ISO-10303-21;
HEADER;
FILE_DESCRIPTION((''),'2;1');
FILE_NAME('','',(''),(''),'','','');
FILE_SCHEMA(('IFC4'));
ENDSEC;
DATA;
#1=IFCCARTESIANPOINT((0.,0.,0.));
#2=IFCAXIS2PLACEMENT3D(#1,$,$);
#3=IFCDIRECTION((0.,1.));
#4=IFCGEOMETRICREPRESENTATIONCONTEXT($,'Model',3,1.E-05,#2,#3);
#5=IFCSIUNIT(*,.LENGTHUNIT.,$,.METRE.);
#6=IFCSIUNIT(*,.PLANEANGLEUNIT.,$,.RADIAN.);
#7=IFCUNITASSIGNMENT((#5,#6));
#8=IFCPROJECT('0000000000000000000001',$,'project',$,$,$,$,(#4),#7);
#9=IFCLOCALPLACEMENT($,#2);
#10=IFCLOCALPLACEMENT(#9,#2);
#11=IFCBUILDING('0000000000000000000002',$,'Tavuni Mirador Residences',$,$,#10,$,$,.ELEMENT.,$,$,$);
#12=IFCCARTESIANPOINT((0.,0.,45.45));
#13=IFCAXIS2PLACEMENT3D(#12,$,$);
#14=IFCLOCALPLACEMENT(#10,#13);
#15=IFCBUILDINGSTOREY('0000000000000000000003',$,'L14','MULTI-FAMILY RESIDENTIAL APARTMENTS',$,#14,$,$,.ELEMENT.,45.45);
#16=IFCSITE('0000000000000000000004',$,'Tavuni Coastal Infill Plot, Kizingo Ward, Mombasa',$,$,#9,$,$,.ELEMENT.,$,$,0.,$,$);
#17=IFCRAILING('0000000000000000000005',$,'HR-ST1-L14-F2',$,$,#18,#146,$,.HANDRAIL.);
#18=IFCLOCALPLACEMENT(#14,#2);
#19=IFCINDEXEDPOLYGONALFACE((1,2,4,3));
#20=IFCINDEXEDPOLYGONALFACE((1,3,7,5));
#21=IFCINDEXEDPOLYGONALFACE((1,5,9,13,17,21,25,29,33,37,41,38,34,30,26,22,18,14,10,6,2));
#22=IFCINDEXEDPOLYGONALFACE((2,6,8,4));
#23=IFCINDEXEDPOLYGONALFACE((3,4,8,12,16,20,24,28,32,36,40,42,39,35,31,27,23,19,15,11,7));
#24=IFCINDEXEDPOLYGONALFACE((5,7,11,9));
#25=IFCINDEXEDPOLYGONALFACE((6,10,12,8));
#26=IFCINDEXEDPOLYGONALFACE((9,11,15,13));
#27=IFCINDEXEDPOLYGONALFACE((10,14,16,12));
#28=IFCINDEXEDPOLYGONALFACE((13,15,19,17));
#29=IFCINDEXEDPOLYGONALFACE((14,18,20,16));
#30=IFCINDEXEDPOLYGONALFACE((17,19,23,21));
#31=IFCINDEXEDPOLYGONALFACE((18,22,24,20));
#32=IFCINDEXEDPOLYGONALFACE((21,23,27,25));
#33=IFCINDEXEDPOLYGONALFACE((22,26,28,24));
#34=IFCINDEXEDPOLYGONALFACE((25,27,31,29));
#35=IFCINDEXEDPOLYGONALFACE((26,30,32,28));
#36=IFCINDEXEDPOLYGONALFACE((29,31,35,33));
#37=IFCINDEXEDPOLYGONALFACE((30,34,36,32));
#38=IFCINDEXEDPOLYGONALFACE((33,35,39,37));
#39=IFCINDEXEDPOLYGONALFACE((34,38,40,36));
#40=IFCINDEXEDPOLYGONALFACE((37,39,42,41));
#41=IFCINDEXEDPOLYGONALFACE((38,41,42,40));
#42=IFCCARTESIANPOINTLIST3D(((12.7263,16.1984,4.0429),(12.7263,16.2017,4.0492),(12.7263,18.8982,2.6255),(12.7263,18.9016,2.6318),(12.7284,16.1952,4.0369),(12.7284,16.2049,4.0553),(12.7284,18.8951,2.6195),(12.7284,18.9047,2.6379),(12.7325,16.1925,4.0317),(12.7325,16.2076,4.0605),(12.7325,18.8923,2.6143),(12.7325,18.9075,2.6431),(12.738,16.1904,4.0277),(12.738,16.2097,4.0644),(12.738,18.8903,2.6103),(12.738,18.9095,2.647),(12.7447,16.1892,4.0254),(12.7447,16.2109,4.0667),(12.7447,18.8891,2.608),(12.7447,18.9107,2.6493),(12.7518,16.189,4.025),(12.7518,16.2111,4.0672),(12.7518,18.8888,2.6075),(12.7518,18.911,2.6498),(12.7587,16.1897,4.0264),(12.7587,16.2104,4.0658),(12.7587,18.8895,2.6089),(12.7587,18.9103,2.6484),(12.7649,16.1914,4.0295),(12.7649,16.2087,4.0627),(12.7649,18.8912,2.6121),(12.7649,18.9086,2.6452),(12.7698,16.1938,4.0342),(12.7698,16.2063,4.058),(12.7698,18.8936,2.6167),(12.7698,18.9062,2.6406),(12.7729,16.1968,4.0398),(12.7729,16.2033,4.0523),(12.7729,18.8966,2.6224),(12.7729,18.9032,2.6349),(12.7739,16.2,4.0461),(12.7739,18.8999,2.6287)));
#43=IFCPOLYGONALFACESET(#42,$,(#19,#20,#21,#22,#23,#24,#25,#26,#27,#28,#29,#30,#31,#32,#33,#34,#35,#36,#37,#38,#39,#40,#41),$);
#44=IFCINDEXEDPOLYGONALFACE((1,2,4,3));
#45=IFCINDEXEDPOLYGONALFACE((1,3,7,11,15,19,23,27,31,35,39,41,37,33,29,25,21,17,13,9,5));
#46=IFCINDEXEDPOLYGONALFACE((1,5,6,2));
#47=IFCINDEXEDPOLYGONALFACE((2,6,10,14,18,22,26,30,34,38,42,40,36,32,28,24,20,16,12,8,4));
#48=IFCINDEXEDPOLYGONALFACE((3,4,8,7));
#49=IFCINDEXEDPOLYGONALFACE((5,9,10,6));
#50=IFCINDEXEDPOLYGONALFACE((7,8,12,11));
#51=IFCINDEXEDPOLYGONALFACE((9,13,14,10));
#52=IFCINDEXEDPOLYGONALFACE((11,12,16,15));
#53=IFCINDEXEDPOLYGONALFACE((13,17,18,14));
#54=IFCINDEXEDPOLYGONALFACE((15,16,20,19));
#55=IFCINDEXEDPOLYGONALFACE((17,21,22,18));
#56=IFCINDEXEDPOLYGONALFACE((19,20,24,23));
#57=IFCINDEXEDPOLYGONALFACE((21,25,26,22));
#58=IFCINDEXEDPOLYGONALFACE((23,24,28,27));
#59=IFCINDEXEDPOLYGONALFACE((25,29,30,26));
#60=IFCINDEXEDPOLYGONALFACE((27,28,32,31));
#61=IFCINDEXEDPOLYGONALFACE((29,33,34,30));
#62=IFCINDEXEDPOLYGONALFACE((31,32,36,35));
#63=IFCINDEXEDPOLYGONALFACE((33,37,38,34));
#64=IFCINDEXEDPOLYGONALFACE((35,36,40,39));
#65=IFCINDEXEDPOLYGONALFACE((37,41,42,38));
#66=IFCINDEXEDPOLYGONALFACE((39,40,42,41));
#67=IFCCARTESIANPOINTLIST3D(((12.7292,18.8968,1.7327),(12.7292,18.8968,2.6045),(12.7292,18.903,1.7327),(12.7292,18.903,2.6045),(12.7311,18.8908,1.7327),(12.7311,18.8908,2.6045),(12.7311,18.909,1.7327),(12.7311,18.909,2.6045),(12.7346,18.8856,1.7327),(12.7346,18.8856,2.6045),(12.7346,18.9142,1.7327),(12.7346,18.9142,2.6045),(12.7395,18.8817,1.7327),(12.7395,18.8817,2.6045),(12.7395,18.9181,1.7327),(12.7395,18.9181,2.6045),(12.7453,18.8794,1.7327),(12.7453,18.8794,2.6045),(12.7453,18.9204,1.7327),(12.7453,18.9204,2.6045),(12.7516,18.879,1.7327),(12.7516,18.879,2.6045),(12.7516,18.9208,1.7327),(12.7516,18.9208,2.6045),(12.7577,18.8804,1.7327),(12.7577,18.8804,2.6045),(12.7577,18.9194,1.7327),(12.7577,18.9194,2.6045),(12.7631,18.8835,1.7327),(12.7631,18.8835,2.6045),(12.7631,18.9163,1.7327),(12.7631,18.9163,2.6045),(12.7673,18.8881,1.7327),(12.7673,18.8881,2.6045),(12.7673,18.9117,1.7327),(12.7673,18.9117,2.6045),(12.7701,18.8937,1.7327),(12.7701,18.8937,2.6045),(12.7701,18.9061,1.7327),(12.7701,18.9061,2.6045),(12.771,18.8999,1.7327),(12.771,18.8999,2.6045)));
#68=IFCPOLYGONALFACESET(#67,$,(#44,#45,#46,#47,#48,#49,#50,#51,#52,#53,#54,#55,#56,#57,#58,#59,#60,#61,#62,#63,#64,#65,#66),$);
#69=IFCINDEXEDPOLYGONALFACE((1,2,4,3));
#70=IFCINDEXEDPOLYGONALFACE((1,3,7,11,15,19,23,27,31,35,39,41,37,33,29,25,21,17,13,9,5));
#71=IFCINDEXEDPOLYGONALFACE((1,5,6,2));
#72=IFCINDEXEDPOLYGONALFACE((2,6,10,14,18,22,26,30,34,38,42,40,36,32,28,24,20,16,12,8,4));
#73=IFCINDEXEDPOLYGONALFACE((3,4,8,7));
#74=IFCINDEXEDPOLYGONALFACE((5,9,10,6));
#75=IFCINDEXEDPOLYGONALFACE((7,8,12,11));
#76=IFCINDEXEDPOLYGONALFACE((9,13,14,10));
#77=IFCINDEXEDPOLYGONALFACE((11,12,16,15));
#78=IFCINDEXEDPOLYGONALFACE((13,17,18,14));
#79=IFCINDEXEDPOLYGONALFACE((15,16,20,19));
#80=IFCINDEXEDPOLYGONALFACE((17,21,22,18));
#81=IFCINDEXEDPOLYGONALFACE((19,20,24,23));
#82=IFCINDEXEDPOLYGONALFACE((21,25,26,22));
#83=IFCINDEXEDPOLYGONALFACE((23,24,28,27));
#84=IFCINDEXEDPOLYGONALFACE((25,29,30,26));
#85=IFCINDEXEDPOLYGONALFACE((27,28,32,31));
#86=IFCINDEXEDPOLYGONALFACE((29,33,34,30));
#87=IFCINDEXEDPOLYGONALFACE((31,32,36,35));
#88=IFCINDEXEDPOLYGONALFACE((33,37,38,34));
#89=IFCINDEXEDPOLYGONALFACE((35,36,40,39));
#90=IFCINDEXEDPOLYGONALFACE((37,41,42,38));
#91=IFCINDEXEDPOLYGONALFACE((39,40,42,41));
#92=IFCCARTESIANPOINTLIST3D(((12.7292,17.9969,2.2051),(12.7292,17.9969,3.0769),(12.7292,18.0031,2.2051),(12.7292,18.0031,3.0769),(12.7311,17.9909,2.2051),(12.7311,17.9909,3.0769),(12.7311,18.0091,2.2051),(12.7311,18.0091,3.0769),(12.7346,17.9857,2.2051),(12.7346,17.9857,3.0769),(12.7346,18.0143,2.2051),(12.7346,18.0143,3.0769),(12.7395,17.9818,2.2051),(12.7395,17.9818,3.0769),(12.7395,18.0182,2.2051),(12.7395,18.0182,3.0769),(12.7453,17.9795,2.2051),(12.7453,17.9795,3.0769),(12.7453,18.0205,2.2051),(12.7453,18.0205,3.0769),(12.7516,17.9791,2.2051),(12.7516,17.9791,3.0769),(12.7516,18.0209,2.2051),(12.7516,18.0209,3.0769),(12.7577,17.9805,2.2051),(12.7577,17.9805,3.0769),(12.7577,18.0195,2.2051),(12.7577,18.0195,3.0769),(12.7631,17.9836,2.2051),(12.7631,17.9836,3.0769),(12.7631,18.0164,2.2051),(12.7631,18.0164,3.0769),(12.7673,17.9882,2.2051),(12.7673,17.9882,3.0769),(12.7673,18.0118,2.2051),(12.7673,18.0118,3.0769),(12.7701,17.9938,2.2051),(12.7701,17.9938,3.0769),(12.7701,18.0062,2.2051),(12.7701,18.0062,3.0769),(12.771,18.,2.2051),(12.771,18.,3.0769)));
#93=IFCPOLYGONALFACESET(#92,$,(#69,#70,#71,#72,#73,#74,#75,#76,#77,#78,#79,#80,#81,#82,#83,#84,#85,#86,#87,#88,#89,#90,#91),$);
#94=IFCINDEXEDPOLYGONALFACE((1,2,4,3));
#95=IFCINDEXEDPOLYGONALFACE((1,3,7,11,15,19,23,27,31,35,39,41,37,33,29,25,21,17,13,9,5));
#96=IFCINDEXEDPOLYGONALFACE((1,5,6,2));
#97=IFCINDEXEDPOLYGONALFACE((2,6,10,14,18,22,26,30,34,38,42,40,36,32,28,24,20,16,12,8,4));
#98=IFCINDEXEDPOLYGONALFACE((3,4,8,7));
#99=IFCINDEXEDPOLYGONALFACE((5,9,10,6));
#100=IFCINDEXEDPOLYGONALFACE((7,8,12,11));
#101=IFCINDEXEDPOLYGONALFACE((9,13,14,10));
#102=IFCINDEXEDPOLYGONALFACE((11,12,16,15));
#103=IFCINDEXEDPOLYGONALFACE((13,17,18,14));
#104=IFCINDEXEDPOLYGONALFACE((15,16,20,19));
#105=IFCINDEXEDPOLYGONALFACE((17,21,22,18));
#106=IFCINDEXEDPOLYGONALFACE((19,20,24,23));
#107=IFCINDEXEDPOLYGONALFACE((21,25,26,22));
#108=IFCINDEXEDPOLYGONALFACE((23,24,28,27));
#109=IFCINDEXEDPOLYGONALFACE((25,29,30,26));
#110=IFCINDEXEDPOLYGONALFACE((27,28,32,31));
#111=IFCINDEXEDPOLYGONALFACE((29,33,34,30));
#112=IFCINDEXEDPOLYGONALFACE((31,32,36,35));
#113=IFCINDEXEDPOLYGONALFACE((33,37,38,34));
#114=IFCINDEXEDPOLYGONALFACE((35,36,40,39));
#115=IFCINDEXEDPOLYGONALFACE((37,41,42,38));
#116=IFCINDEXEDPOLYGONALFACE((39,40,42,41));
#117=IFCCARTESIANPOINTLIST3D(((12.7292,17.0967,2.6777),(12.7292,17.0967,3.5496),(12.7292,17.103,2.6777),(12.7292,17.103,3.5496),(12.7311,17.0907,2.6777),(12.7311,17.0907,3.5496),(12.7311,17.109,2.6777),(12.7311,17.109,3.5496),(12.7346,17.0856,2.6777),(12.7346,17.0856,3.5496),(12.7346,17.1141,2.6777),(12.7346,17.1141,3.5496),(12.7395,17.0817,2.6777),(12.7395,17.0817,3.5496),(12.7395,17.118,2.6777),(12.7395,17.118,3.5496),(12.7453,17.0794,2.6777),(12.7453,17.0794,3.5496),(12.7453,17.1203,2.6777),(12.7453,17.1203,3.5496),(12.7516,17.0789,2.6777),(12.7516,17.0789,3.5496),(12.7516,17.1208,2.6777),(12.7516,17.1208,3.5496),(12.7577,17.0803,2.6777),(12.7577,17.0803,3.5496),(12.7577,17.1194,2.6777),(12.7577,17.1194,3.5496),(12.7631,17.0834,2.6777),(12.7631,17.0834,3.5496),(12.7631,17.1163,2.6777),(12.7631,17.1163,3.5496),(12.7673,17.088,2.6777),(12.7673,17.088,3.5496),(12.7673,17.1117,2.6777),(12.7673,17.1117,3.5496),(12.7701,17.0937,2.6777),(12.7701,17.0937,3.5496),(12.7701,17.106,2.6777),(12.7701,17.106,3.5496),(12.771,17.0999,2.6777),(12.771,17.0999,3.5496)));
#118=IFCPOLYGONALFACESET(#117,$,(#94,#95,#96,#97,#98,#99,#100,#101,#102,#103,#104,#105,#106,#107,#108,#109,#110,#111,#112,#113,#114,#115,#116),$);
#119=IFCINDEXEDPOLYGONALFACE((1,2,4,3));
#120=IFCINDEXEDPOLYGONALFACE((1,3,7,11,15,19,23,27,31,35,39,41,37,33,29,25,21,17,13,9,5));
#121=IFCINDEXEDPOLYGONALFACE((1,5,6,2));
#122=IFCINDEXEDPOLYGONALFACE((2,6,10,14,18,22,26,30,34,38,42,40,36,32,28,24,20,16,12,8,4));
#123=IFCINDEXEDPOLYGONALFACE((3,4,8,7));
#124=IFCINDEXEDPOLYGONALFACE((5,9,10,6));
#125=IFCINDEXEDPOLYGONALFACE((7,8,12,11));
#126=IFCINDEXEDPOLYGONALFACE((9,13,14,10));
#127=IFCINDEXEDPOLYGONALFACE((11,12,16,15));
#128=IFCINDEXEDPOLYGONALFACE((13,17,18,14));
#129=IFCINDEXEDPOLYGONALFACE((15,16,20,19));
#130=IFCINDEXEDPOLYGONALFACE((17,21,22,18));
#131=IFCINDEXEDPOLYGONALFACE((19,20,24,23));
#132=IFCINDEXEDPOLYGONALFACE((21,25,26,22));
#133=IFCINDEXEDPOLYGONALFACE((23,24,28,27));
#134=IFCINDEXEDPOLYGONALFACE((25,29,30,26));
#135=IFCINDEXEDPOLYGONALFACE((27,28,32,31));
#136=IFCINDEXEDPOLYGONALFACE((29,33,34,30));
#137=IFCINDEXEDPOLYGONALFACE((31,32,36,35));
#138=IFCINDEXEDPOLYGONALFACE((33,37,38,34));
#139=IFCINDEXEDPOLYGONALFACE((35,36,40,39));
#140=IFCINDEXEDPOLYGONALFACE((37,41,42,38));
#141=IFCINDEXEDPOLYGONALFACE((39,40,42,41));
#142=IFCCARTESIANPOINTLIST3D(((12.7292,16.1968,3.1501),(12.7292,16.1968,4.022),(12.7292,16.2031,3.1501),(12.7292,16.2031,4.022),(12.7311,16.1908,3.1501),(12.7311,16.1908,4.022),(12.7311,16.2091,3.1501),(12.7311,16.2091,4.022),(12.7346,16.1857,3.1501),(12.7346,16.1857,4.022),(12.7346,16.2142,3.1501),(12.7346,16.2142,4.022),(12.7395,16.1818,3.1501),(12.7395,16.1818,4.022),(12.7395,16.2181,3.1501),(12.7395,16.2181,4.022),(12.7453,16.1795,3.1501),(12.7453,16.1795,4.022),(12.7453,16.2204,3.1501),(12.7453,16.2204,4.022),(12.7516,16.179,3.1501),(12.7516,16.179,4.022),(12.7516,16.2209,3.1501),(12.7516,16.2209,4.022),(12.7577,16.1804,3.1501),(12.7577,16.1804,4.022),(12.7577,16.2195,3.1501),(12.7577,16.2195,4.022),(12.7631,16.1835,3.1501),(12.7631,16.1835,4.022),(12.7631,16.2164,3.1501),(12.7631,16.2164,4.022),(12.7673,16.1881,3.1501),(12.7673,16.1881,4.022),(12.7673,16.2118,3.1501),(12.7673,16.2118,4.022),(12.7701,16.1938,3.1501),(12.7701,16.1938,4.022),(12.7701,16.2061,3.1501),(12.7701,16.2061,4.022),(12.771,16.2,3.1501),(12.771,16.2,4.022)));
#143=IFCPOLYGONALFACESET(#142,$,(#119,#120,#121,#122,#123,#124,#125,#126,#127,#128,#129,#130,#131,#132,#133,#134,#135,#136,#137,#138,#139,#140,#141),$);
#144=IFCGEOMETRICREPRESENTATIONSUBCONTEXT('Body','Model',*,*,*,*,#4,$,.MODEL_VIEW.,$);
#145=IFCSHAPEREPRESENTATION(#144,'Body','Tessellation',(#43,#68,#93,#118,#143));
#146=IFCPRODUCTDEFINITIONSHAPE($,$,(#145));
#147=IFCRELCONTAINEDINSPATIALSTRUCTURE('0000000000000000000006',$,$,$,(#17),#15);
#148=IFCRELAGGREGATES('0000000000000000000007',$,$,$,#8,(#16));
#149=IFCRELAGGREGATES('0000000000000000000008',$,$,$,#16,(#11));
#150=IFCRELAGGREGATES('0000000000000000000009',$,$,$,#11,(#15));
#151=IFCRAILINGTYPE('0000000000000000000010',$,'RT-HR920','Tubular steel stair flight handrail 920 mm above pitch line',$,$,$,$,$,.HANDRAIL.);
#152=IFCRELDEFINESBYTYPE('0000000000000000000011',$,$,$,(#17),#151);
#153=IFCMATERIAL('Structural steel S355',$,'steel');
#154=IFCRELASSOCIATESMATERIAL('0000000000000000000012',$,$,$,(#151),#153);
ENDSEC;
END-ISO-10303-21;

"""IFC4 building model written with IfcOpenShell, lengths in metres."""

from ifc_helpers import new_model, si_unit, direction, frame, origin, origin_2d, place, context, subcontext, project, spatial, circle, extrude, material, type_object, element, save


model = new_model("IFC4")

# Units and contexts
model_context = context("Model", 3, precision=1e-05, world=origin(), true_north=direction((0.0, 1.0)))
body_context = subcontext(model_context, "Body", "Model", "MODEL_VIEW")
ifc_project = project(units=[si_unit("LENGTHUNIT", "METRE"), si_unit("PLANEANGLEUNIT", "RADIAN")], contexts=[model_context])

# Site, building, storey
site_placement = place(None, origin())
site = spatial("IfcSite", under=ifc_project, at=site_placement, Name="Tavuni Coastal Infill Plot, Kizingo Ward, Mombasa", CompositionType="ELEMENT", RefElevation=0.0)
building_placement = place(site_placement, origin())
building = spatial("IfcBuilding", under=site, at=building_placement, Name="Tavuni Mirador Residences", CompositionType="ELEMENT")
storey_placement = place(building_placement, frame((0.0, 0.0, 45.45)))
storey = spatial("IfcBuildingStorey", under=building, at=storey_placement, Name="L14", Description="MULTI-FAMILY RESIDENTIAL APARTMENTS", CompositionType="ELEMENT", Elevation=45.45)

# Shared definitions
ifc_material_1 = material(Name="Structural steel S355", Category="steel")

# Railing
railing_type_1 = type_object("IfcRailingType", Name="RT-HR920", Description="Tubular steel stair flight handrail 920 mm above pitch line", PredefinedType="HANDRAIL", material=ifc_material_1)
railing_1_placement = place(storey_placement, frame((12.75, 18.8999, 1.7327)))
element("IfcRailing", 1, at=railing_1_placement, inside=storey, type_object=railing_type_1, Name="HR-ST1-L14-F2", PredefinedType="HANDRAIL", context=body_context, shape_type="SweptSolid", body=[
    extrude(circle(Radius=0.0239, at=origin_2d()), frame((0.0, 0.0, 0.896), z_axis=(0.0, -0.885397, 0.464835), x_axis=(1.0, 0.0, 0.0)), (0.0, 0.0, 1.0), 3.0493),
    extrude(circle(Radius=0.021, at=origin_2d()), origin(), (0.0, 0.0, 1.0), 0.8718),
    extrude(circle(Radius=0.021, at=origin_2d()), frame((0.0, -0.8999, 0.4724)), (0.0, 0.0, 1.0), 0.8718),
    extrude(circle(Radius=0.021, at=origin_2d()), frame((0.0, -1.8, 0.9451)), (0.0, 0.0, 1.0), 0.8718),
    extrude(circle(Radius=0.021, at=origin_2d()), frame((0.0, -2.7, 1.4175)), (0.0, 0.0, 1.0), 0.8718),
])

save(model, "model.ifc")
